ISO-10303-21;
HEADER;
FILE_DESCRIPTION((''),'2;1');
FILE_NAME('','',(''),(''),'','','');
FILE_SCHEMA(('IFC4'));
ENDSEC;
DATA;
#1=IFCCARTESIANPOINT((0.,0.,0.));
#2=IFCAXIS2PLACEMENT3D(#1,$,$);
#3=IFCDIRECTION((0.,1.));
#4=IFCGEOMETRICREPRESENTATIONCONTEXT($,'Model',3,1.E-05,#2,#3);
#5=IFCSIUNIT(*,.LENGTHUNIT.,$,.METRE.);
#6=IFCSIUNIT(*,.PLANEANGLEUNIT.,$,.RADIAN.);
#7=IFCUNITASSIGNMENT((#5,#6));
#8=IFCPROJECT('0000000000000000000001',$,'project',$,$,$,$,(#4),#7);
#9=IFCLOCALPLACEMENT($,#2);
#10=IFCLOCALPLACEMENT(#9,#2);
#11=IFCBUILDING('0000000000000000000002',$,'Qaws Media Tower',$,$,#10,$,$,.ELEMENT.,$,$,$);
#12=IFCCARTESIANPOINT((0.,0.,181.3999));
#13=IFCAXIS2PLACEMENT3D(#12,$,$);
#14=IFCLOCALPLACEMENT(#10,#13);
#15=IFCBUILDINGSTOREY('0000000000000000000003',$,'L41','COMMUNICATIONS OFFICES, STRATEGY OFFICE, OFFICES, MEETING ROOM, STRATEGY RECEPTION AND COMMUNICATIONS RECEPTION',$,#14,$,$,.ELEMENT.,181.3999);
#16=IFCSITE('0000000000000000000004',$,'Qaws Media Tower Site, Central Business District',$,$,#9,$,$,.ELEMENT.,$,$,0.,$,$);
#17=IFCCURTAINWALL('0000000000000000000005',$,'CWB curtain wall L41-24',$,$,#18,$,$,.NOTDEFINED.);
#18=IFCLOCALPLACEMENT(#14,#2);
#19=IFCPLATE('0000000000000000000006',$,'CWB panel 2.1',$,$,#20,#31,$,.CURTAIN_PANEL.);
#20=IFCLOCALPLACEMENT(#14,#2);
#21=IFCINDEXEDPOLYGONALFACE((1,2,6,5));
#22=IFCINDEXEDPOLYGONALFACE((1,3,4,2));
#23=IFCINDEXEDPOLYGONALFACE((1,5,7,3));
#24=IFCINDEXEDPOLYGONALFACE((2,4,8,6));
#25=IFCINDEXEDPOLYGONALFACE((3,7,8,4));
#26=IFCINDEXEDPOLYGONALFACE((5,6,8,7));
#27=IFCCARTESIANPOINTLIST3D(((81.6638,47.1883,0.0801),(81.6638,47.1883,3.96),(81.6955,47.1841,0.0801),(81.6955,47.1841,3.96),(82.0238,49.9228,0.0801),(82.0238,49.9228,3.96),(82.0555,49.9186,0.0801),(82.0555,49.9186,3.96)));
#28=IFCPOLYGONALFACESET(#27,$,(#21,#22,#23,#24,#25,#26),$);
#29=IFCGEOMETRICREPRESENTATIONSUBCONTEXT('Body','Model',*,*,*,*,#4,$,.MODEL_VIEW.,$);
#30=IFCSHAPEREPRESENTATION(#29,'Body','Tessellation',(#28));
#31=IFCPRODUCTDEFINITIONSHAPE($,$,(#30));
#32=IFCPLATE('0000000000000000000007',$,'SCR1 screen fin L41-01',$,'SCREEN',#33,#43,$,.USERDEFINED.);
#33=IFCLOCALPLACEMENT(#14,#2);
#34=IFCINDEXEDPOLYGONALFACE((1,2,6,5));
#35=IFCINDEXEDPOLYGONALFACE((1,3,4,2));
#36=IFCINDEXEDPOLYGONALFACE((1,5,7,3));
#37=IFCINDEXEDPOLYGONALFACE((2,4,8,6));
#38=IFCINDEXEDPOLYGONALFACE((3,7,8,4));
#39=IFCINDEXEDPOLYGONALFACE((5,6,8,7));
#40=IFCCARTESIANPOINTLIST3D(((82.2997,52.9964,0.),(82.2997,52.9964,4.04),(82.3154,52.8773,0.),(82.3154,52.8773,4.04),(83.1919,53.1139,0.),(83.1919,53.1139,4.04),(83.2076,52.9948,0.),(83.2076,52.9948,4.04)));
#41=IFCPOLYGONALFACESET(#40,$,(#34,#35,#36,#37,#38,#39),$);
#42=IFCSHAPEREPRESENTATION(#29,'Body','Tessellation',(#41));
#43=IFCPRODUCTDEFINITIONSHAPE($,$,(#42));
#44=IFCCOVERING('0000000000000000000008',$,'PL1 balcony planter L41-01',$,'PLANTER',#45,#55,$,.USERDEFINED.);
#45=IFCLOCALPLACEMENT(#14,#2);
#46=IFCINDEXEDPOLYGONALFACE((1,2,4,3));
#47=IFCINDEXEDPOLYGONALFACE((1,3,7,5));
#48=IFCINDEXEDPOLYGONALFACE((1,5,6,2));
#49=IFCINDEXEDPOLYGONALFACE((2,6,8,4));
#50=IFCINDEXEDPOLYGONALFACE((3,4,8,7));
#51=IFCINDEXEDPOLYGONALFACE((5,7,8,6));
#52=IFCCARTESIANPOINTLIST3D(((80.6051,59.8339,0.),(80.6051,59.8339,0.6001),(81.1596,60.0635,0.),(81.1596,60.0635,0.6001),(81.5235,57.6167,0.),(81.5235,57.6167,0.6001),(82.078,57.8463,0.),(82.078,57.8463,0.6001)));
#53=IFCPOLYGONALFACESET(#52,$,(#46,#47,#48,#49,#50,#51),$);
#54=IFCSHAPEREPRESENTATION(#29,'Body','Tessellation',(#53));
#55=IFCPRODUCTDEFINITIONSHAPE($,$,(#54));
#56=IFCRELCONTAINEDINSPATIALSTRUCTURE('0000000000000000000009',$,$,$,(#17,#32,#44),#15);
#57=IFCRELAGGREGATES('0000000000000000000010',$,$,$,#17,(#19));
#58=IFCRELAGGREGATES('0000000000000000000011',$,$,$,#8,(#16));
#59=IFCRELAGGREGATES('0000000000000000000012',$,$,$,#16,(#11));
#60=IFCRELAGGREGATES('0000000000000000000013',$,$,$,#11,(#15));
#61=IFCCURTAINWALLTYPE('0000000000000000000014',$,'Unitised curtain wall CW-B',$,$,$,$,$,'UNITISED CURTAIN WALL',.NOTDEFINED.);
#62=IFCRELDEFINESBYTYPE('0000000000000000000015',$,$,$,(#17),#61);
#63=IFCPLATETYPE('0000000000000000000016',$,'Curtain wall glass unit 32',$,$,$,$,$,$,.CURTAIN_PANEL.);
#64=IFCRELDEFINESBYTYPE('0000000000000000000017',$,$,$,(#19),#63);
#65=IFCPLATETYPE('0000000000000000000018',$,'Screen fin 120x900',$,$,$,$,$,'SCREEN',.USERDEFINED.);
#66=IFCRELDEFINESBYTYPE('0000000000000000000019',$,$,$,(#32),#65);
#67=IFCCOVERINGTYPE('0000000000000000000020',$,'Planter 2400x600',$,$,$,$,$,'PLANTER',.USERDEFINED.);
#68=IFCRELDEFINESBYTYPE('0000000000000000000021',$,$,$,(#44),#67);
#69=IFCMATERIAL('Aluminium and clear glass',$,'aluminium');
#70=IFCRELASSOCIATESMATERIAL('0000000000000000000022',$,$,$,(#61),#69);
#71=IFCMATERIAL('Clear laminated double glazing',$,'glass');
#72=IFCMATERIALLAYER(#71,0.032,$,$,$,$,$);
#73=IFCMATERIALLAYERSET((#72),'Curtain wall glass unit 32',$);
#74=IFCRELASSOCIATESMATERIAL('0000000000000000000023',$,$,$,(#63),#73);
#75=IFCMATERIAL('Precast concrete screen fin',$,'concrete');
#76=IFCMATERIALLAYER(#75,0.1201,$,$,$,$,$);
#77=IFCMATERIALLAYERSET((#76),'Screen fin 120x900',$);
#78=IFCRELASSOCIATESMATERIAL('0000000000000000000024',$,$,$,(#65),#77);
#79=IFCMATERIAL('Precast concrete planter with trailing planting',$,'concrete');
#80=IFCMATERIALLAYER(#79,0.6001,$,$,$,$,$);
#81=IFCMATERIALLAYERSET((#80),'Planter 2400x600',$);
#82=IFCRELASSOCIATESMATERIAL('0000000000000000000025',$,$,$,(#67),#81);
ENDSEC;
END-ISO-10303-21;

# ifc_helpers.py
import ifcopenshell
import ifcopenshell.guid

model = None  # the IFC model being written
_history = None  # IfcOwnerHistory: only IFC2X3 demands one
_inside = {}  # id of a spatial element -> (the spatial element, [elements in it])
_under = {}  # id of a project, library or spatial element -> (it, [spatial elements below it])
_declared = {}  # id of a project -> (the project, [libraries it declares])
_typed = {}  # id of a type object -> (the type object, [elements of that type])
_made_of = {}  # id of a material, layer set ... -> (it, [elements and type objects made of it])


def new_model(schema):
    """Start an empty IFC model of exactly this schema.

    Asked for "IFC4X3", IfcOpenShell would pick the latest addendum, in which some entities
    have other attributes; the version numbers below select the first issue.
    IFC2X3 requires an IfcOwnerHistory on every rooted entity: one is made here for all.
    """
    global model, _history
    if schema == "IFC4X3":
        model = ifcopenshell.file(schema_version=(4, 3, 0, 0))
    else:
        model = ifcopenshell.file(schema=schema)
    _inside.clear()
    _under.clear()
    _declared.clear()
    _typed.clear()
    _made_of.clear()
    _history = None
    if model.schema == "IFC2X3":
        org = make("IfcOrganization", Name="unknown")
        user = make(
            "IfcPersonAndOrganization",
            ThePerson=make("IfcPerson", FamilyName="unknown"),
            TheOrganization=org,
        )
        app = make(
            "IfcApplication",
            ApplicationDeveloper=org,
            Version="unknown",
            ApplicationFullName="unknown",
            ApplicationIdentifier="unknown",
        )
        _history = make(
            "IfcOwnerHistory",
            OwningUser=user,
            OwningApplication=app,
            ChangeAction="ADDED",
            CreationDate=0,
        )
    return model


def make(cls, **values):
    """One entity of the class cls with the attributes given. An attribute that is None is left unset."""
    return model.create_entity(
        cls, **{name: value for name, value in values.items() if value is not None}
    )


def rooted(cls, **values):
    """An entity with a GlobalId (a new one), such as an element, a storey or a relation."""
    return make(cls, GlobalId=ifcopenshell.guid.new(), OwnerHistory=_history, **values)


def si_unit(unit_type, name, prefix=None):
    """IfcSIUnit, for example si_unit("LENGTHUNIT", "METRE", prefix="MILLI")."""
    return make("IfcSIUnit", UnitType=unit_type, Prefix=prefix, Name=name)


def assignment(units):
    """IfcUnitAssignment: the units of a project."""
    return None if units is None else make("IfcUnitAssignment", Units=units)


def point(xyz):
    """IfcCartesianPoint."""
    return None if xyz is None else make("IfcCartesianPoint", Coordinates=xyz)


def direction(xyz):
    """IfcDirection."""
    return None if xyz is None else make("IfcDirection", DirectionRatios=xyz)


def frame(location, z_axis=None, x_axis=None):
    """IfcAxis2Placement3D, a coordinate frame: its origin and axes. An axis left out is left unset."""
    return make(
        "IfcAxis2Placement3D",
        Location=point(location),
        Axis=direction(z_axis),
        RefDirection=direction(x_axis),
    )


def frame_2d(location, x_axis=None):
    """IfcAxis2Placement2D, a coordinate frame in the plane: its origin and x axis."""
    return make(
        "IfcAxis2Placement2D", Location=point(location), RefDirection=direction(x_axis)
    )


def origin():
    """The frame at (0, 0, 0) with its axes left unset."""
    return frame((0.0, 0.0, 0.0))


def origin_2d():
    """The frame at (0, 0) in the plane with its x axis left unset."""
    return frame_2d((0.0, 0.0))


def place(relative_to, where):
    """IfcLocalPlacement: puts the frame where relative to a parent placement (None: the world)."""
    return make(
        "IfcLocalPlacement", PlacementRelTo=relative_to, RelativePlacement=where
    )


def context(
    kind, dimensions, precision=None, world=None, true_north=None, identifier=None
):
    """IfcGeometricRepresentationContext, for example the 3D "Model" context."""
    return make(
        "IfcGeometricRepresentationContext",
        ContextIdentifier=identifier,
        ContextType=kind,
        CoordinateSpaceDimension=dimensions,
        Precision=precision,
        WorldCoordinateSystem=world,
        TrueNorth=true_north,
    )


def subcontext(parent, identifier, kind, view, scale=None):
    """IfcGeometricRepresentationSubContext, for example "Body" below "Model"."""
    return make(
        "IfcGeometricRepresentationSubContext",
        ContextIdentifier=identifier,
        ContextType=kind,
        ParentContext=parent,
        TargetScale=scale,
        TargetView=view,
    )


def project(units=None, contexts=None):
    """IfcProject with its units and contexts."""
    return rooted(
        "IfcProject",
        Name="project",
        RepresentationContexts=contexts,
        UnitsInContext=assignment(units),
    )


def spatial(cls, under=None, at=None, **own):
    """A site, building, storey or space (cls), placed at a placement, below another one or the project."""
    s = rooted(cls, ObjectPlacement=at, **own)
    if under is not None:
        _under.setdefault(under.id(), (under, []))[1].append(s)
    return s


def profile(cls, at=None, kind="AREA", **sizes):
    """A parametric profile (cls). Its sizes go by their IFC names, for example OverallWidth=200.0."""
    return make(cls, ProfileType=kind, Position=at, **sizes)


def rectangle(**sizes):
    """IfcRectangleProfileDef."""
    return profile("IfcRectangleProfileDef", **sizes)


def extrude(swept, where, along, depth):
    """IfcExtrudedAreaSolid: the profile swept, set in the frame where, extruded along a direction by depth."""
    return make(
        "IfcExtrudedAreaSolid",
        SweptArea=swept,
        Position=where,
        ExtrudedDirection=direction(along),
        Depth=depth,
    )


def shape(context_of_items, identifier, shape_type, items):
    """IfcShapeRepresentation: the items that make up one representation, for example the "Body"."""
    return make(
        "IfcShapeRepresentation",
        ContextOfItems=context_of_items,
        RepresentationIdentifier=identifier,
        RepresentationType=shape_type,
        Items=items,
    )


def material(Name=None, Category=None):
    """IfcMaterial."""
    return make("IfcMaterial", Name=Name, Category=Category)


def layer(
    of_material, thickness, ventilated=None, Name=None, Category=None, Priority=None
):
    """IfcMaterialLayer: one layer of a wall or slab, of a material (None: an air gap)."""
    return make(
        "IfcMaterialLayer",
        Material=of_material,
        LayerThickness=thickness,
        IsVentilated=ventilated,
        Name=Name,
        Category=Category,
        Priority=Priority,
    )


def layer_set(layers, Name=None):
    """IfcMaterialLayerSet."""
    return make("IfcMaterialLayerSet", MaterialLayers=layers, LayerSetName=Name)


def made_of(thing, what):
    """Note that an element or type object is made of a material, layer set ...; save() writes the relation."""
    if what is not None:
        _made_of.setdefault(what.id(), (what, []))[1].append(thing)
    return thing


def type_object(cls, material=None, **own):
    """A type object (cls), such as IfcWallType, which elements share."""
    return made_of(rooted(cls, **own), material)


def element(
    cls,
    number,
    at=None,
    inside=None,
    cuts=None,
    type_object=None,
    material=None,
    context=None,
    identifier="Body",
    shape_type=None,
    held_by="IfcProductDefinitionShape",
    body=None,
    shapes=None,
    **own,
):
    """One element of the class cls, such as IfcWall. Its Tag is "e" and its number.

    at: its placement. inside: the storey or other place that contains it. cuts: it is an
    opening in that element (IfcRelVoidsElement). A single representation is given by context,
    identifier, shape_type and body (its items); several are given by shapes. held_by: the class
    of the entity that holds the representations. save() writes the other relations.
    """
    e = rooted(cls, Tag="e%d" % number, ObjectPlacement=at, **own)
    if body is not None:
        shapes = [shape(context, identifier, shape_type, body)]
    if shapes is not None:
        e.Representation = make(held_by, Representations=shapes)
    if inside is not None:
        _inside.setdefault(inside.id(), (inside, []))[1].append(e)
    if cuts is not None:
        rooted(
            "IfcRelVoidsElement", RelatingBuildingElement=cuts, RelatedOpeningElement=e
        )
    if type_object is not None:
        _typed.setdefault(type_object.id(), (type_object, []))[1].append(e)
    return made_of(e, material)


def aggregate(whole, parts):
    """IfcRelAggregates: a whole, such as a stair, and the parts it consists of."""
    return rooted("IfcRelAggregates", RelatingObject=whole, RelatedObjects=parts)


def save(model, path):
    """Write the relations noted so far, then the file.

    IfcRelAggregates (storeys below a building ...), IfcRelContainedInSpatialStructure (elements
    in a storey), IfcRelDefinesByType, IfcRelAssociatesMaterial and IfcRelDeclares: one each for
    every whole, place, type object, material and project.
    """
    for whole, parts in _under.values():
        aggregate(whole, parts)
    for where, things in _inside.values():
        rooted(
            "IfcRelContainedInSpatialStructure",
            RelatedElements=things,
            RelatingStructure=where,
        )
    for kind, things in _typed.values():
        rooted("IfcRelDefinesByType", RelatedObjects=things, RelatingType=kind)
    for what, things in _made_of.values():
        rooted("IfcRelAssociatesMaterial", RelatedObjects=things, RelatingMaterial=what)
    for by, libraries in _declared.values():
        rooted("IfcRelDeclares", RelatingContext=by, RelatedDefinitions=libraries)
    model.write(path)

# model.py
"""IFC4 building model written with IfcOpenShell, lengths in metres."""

from ifc_helpers import new_model, si_unit, direction, frame, origin, origin_2d, place, context, subcontext, project, spatial, rectangle, extrude, material, layer, layer_set, type_object, element, aggregate, save


model = new_model("IFC4")

# Units and contexts
model_context = context("Model", 3, precision=1e-05, world=origin(), true_north=direction((0.0, 1.0)))
body_context = subcontext(model_context, "Body", "Model", "MODEL_VIEW")
ifc_project = project(units=[si_unit("LENGTHUNIT", "METRE"), si_unit("PLANEANGLEUNIT", "RADIAN")], contexts=[model_context])

# Site, building, storey
site_placement = place(None, origin())
site = spatial("IfcSite", under=ifc_project, at=site_placement, Name="Qaws Media Tower Site, Central Business District", CompositionType="ELEMENT", RefElevation=0.0)
building_placement = place(site_placement, origin())
building = spatial("IfcBuilding", under=site, at=building_placement, Name="Qaws Media Tower", CompositionType="ELEMENT")
storey_placement = place(building_placement, frame((0.0, 0.0, 181.3999)))
storey = spatial("IfcBuildingStorey", under=building, at=storey_placement, Name="L41", Description="COMMUNICATIONS OFFICES, STRATEGY OFFICE, OFFICES, MEETING ROOM, STRATEGY RECEPTION AND COMMUNICATIONS RECEPTION", CompositionType="ELEMENT", Elevation=181.3999)

# Curtain wall
ifc_material_1 = material(Name="Aluminium and clear glass", Category="aluminium")
curtain_wall_type = type_object("IfcCurtainWallType", Name="Unitised curtain wall CW-B", ElementType="UNITISED CURTAIN WALL", PredefinedType="NOTDEFINED", material=ifc_material_1)
curtain_wall_1_placement = place(storey_placement, origin())
curtain_wall_1 = element("IfcCurtainWall", 1, at=curtain_wall_1_placement, inside=storey, type_object=curtain_wall_type, Name="CWB curtain wall L41-24", PredefinedType="NOTDEFINED")

# Plates
ifc_material_2 = material(Name="Clear laminated double glazing", Category="glass")
ifc_layer_1 = layer(ifc_material_2, 0.032)
ifc_layer_set_1 = layer_set([ifc_layer_1], Name="Curtain wall glass unit 32")
plate_type_1 = type_object("IfcPlateType", Name="Curtain wall glass unit 32", PredefinedType="CURTAIN_PANEL", material=ifc_layer_set_1)
plate_1_placement = place(storey_placement, frame((81.8596, 48.5535, 0.0801), z_axis=(0.0, 0.0, 1.0), x_axis=(0.130526, 0.991445, 0.0)))
plate_1 = element("IfcPlate", 2, at=plate_1_placement, type_object=plate_type_1, Name="CWB panel 2.1", PredefinedType="CURTAIN_PANEL", context=body_context, shape_type="SweptSolid", body=[
    extrude(rectangle(XDim=2.7581, YDim=0.032, at=origin_2d()), origin(), (0.0, 0.0, 1.0), 3.8799),
])
aggregate(curtain_wall_1, [plate_1])
ifc_material_3 = material(Name="Precast concrete screen fin", Category="concrete")
ifc_layer_2 = layer(ifc_material_3, 0.1201)
ifc_layer_set_2 = layer_set([ifc_layer_2], Name="Screen fin 120x900")
plate_type_2 = type_object("IfcPlateType", Name="Screen fin 120x900", ElementType="SCREEN", PredefinedType="USERDEFINED", material=ifc_layer_set_2)
plate_2_placement = place(storey_placement, frame((82.7537, 52.9956, 0.0), z_axis=(0.0, 0.0, 1.0), x_axis=(0.991445, 0.130526, 0.0)))
element("IfcPlate", 3, at=plate_2_placement, inside=storey, type_object=plate_type_2, Name="SCR1 screen fin L41-01", ObjectType="SCREEN", PredefinedType="USERDEFINED", context=body_context, shape_type="SweptSolid", body=[
    extrude(rectangle(XDim=0.8999, YDim=0.1201, at=origin_2d()), origin(), (0.0, 0.0, 1.0), 4.04),
])

# Covering
ifc_material_4 = material(Name="Precast concrete planter with trailing planting", Category="concrete")
ifc_layer_3 = layer(ifc_material_4, 0.6001)
ifc_layer_set_3 = layer_set([ifc_layer_3], Name="Planter 2400x600")
covering_type = type_object("IfcCoveringType", Name="Planter 2400x600", ElementType="PLANTER", PredefinedType="USERDEFINED", material=ifc_layer_set_3)
covering_placement = place(storey_placement, frame((81.3416, 58.8401, 0.0), z_axis=(0.0, 0.0, 1.0), x_axis=(-0.382683, 0.92388, 0.0)))
element("IfcCovering", 4, at=covering_placement, inside=storey, type_object=covering_type, Name="PL1 balcony planter L41-01", ObjectType="PLANTER", PredefinedType="USERDEFINED", context=body_context, shape_type="SweptSolid", body=[
    extrude(rectangle(XDim=2.3999, YDim=0.6001, at=origin_2d()), origin(), (0.0, 0.0, 1.0), 0.6001),
])

save(model, "model.ifc")
